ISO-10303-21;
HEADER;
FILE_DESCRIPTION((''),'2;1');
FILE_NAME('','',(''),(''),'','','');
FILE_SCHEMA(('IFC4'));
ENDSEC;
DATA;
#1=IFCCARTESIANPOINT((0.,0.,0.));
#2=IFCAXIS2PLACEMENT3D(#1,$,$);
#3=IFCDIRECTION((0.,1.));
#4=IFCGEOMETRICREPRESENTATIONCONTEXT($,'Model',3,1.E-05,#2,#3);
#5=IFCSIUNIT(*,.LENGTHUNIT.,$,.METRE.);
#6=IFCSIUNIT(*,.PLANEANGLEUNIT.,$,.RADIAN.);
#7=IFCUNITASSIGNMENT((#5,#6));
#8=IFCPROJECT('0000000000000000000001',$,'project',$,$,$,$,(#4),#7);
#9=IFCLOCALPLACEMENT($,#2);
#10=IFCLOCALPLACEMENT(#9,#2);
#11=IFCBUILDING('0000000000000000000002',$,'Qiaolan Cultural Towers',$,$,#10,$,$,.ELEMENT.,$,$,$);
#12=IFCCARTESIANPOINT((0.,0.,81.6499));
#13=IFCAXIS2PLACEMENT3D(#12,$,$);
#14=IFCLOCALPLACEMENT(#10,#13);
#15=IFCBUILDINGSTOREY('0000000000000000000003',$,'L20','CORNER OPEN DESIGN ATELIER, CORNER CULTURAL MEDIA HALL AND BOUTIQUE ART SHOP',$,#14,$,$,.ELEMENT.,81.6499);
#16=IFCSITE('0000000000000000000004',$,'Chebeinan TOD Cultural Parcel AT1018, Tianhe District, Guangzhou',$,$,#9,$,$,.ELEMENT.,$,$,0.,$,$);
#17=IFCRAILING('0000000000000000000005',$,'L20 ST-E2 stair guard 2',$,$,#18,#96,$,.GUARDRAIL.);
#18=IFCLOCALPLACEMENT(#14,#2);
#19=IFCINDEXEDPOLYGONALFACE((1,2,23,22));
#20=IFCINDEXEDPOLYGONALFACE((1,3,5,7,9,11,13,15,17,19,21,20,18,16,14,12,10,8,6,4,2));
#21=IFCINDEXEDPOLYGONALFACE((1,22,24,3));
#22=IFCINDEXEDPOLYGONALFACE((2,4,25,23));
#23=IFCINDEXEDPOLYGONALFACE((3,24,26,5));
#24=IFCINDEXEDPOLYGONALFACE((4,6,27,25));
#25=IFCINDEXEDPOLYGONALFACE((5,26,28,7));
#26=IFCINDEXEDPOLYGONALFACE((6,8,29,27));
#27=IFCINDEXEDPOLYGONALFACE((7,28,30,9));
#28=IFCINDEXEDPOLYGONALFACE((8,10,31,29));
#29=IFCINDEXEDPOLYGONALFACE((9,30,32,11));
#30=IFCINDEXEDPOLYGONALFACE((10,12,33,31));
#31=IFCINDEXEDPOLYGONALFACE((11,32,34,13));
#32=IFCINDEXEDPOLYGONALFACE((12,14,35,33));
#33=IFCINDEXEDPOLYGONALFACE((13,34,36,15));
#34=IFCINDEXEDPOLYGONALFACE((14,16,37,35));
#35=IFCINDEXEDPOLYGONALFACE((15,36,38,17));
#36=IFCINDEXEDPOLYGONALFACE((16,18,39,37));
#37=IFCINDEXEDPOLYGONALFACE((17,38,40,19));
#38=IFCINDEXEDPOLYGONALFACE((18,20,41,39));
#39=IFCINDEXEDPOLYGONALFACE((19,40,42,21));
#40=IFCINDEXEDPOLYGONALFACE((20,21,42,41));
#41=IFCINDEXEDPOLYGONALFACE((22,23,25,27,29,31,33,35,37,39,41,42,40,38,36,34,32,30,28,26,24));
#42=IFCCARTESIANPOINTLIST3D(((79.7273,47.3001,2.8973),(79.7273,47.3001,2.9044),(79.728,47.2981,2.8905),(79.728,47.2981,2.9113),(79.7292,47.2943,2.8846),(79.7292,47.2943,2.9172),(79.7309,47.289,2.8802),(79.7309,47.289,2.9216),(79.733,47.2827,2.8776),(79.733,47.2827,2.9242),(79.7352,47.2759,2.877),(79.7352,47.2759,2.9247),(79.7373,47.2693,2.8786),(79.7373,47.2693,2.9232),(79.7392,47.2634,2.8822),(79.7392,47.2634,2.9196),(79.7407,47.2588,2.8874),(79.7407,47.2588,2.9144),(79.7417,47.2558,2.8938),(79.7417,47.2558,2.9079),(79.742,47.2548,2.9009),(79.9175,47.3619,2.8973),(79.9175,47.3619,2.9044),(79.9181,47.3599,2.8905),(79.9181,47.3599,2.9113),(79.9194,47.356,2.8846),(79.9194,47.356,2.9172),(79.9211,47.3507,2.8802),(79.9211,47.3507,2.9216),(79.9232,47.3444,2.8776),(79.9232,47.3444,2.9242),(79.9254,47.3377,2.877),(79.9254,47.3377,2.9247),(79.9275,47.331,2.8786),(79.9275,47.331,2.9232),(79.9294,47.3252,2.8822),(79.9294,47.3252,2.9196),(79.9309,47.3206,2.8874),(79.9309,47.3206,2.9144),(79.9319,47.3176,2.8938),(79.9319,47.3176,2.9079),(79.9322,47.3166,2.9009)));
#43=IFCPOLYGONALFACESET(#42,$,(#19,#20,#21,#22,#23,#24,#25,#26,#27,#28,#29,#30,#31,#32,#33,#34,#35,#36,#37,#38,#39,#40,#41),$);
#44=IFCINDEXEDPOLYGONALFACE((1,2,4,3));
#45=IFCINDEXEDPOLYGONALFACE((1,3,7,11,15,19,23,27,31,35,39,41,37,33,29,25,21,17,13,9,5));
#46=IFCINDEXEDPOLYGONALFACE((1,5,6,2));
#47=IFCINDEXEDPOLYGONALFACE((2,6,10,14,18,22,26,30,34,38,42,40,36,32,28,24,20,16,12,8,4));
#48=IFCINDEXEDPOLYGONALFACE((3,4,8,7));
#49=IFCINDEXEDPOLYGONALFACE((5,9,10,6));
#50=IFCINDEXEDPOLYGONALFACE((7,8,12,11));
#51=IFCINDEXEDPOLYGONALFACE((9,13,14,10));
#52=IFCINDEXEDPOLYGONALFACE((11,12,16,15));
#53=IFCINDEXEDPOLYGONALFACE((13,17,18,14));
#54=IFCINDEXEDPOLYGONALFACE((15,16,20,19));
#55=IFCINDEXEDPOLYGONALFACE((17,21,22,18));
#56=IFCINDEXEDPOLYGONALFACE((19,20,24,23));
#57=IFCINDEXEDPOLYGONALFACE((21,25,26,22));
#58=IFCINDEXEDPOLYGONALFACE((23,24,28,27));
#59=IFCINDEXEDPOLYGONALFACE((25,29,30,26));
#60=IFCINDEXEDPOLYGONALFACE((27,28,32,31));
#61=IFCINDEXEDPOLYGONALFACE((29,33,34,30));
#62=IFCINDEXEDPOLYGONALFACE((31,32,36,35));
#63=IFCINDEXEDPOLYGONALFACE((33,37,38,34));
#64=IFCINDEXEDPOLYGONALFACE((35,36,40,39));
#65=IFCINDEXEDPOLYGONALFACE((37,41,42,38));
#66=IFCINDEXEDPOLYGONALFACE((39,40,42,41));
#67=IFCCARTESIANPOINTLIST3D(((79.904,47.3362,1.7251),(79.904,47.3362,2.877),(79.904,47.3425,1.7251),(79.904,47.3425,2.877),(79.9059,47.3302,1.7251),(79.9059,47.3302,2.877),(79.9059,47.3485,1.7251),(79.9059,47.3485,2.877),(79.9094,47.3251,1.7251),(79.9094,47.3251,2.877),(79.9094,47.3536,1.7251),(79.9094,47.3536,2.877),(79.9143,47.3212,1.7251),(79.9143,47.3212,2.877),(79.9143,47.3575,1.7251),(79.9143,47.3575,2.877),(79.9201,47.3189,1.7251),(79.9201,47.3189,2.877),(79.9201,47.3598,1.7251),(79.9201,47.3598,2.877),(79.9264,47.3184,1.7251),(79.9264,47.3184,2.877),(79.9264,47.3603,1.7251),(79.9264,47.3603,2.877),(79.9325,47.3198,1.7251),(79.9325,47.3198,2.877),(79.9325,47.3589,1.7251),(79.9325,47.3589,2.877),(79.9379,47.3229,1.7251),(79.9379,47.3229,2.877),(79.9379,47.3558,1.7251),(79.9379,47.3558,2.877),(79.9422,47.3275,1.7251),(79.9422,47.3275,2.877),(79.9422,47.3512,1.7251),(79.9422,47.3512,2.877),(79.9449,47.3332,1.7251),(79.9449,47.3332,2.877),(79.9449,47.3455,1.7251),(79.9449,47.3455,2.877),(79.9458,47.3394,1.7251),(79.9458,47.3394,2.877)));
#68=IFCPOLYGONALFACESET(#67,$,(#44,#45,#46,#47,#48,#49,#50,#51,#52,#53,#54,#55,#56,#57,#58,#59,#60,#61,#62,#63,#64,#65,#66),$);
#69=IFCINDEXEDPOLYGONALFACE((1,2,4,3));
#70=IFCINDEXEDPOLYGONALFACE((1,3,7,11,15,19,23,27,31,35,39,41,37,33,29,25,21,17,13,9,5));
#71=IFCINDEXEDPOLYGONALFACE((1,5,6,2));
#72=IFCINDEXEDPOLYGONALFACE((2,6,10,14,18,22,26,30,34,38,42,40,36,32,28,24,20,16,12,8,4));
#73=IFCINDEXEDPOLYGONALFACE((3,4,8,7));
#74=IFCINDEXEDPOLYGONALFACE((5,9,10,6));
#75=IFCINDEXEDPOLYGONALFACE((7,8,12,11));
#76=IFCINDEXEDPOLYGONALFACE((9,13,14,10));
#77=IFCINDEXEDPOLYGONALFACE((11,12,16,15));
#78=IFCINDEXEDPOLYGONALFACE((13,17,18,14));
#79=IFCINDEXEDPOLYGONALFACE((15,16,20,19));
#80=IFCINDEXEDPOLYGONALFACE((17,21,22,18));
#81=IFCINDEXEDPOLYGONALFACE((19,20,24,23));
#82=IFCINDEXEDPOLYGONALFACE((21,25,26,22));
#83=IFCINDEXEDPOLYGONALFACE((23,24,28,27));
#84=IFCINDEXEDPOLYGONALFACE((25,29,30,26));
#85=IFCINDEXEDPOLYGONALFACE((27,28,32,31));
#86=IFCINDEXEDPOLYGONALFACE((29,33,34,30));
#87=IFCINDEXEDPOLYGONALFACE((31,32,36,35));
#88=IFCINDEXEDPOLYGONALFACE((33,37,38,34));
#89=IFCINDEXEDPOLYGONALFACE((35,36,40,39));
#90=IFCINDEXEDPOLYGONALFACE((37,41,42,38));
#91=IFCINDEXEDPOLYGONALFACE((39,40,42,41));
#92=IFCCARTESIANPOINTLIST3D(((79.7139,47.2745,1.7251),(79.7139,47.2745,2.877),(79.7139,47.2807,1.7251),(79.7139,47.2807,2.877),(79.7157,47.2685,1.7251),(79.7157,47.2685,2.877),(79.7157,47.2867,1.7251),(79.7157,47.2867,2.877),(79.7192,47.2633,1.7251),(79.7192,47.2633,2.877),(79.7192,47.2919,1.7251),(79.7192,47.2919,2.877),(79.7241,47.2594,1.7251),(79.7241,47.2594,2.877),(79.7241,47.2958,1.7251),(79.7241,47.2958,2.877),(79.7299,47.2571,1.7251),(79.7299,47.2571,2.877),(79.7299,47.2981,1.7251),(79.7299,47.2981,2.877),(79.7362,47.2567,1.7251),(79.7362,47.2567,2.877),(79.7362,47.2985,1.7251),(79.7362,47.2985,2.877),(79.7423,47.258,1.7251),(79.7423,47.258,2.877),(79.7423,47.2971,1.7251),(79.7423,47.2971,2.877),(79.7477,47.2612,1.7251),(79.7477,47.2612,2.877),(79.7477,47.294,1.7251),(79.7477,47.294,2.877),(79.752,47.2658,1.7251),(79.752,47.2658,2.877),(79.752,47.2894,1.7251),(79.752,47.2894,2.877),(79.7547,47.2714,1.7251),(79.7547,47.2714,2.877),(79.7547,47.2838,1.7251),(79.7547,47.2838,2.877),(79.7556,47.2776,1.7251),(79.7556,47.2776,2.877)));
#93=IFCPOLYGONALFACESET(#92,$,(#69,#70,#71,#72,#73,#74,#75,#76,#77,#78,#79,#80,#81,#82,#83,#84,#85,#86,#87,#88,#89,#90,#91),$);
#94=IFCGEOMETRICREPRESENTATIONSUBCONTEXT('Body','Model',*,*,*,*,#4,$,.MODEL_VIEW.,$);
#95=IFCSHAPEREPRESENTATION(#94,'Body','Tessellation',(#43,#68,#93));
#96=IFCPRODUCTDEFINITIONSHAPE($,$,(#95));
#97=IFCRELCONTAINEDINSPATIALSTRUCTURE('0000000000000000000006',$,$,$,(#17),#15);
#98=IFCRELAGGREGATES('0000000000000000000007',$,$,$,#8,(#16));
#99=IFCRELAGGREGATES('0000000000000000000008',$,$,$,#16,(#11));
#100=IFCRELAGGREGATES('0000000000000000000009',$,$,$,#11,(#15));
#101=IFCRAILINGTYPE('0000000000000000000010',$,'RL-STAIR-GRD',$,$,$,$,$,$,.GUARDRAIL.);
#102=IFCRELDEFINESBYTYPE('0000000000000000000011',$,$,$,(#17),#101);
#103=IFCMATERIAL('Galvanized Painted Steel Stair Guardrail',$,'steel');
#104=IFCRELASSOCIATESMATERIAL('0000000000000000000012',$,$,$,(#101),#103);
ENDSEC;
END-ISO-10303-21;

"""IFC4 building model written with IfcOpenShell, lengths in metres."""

from ifc_helpers import new_model, si_unit, direction, frame, origin, origin_2d, place, context, subcontext, project, spatial, circle, extrude, material, type_object, element, save


model = new_model("IFC4")

# Units and contexts
model_context = context("Model", 3, precision=1e-05, world=origin(), true_north=direction((0.0, 1.0)))
body_context = subcontext(model_context, "Body", "Model", "MODEL_VIEW")
ifc_project = project(units=[si_unit("LENGTHUNIT", "METRE"), si_unit("PLANEANGLEUNIT", "RADIAN")], contexts=[model_context])

# Site, building, storey
site_placement = place(None, origin())
site = spatial("IfcSite", under=ifc_project, at=site_placement, Name="Chebeinan TOD Cultural Parcel AT1018, Tianhe District, Guangzhou", CompositionType="ELEMENT", RefElevation=0.0)
building_placement = place(site_placement, origin())
building = spatial("IfcBuilding", under=site, at=building_placement, Name="Qiaolan Cultural Towers", CompositionType="ELEMENT")
storey_placement = place(building_placement, frame((0.0, 0.0, 81.6499)))
storey = spatial("IfcBuildingStorey", under=building, at=storey_placement, Name="L20", Description="CORNER OPEN DESIGN ATELIER, CORNER CULTURAL MEDIA HALL AND BOUTIQUE ART SHOP", CompositionType="ELEMENT", Elevation=81.6499)

# Railing
ifc_material_1 = material(Name="Galvanized Painted Steel Stair Guardrail", Category="steel")
railing_type_1 = type_object("IfcRailingType", Name="RL-STAIR-GRD", PredefinedType="GUARDRAIL", material=ifc_material_1)
railing_1_placement = place(storey_placement, frame((79.9248, 47.3394, 1.7251)))
element("IfcRailing", 1, at=railing_1_placement, inside=storey, type_object=railing_type_1, Name="L20 ST-E2 stair guard 2", PredefinedType="GUARDRAIL", context=body_context, shape_type="SweptSolid", body=[
    extrude(circle(Radius=0.0239, at=origin_2d()), frame((0.0, 0.0, 1.1758), z_axis=(-0.951097, -0.308893, 0.0), x_axis=(0.308893, -0.951097, 0.0)), (0.0, 0.0, 1.0), 0.2),
    extrude(circle(Radius=0.021, at=origin_2d()), origin(), (0.0, 0.0, 1.0), 1.1519),
    extrude(circle(Radius=0.021, at=origin_2d()), frame((-0.1902, -0.0618, 0.0)), (0.0, 0.0, 1.0), 1.1519),
])

save(model, "model.ifc")
